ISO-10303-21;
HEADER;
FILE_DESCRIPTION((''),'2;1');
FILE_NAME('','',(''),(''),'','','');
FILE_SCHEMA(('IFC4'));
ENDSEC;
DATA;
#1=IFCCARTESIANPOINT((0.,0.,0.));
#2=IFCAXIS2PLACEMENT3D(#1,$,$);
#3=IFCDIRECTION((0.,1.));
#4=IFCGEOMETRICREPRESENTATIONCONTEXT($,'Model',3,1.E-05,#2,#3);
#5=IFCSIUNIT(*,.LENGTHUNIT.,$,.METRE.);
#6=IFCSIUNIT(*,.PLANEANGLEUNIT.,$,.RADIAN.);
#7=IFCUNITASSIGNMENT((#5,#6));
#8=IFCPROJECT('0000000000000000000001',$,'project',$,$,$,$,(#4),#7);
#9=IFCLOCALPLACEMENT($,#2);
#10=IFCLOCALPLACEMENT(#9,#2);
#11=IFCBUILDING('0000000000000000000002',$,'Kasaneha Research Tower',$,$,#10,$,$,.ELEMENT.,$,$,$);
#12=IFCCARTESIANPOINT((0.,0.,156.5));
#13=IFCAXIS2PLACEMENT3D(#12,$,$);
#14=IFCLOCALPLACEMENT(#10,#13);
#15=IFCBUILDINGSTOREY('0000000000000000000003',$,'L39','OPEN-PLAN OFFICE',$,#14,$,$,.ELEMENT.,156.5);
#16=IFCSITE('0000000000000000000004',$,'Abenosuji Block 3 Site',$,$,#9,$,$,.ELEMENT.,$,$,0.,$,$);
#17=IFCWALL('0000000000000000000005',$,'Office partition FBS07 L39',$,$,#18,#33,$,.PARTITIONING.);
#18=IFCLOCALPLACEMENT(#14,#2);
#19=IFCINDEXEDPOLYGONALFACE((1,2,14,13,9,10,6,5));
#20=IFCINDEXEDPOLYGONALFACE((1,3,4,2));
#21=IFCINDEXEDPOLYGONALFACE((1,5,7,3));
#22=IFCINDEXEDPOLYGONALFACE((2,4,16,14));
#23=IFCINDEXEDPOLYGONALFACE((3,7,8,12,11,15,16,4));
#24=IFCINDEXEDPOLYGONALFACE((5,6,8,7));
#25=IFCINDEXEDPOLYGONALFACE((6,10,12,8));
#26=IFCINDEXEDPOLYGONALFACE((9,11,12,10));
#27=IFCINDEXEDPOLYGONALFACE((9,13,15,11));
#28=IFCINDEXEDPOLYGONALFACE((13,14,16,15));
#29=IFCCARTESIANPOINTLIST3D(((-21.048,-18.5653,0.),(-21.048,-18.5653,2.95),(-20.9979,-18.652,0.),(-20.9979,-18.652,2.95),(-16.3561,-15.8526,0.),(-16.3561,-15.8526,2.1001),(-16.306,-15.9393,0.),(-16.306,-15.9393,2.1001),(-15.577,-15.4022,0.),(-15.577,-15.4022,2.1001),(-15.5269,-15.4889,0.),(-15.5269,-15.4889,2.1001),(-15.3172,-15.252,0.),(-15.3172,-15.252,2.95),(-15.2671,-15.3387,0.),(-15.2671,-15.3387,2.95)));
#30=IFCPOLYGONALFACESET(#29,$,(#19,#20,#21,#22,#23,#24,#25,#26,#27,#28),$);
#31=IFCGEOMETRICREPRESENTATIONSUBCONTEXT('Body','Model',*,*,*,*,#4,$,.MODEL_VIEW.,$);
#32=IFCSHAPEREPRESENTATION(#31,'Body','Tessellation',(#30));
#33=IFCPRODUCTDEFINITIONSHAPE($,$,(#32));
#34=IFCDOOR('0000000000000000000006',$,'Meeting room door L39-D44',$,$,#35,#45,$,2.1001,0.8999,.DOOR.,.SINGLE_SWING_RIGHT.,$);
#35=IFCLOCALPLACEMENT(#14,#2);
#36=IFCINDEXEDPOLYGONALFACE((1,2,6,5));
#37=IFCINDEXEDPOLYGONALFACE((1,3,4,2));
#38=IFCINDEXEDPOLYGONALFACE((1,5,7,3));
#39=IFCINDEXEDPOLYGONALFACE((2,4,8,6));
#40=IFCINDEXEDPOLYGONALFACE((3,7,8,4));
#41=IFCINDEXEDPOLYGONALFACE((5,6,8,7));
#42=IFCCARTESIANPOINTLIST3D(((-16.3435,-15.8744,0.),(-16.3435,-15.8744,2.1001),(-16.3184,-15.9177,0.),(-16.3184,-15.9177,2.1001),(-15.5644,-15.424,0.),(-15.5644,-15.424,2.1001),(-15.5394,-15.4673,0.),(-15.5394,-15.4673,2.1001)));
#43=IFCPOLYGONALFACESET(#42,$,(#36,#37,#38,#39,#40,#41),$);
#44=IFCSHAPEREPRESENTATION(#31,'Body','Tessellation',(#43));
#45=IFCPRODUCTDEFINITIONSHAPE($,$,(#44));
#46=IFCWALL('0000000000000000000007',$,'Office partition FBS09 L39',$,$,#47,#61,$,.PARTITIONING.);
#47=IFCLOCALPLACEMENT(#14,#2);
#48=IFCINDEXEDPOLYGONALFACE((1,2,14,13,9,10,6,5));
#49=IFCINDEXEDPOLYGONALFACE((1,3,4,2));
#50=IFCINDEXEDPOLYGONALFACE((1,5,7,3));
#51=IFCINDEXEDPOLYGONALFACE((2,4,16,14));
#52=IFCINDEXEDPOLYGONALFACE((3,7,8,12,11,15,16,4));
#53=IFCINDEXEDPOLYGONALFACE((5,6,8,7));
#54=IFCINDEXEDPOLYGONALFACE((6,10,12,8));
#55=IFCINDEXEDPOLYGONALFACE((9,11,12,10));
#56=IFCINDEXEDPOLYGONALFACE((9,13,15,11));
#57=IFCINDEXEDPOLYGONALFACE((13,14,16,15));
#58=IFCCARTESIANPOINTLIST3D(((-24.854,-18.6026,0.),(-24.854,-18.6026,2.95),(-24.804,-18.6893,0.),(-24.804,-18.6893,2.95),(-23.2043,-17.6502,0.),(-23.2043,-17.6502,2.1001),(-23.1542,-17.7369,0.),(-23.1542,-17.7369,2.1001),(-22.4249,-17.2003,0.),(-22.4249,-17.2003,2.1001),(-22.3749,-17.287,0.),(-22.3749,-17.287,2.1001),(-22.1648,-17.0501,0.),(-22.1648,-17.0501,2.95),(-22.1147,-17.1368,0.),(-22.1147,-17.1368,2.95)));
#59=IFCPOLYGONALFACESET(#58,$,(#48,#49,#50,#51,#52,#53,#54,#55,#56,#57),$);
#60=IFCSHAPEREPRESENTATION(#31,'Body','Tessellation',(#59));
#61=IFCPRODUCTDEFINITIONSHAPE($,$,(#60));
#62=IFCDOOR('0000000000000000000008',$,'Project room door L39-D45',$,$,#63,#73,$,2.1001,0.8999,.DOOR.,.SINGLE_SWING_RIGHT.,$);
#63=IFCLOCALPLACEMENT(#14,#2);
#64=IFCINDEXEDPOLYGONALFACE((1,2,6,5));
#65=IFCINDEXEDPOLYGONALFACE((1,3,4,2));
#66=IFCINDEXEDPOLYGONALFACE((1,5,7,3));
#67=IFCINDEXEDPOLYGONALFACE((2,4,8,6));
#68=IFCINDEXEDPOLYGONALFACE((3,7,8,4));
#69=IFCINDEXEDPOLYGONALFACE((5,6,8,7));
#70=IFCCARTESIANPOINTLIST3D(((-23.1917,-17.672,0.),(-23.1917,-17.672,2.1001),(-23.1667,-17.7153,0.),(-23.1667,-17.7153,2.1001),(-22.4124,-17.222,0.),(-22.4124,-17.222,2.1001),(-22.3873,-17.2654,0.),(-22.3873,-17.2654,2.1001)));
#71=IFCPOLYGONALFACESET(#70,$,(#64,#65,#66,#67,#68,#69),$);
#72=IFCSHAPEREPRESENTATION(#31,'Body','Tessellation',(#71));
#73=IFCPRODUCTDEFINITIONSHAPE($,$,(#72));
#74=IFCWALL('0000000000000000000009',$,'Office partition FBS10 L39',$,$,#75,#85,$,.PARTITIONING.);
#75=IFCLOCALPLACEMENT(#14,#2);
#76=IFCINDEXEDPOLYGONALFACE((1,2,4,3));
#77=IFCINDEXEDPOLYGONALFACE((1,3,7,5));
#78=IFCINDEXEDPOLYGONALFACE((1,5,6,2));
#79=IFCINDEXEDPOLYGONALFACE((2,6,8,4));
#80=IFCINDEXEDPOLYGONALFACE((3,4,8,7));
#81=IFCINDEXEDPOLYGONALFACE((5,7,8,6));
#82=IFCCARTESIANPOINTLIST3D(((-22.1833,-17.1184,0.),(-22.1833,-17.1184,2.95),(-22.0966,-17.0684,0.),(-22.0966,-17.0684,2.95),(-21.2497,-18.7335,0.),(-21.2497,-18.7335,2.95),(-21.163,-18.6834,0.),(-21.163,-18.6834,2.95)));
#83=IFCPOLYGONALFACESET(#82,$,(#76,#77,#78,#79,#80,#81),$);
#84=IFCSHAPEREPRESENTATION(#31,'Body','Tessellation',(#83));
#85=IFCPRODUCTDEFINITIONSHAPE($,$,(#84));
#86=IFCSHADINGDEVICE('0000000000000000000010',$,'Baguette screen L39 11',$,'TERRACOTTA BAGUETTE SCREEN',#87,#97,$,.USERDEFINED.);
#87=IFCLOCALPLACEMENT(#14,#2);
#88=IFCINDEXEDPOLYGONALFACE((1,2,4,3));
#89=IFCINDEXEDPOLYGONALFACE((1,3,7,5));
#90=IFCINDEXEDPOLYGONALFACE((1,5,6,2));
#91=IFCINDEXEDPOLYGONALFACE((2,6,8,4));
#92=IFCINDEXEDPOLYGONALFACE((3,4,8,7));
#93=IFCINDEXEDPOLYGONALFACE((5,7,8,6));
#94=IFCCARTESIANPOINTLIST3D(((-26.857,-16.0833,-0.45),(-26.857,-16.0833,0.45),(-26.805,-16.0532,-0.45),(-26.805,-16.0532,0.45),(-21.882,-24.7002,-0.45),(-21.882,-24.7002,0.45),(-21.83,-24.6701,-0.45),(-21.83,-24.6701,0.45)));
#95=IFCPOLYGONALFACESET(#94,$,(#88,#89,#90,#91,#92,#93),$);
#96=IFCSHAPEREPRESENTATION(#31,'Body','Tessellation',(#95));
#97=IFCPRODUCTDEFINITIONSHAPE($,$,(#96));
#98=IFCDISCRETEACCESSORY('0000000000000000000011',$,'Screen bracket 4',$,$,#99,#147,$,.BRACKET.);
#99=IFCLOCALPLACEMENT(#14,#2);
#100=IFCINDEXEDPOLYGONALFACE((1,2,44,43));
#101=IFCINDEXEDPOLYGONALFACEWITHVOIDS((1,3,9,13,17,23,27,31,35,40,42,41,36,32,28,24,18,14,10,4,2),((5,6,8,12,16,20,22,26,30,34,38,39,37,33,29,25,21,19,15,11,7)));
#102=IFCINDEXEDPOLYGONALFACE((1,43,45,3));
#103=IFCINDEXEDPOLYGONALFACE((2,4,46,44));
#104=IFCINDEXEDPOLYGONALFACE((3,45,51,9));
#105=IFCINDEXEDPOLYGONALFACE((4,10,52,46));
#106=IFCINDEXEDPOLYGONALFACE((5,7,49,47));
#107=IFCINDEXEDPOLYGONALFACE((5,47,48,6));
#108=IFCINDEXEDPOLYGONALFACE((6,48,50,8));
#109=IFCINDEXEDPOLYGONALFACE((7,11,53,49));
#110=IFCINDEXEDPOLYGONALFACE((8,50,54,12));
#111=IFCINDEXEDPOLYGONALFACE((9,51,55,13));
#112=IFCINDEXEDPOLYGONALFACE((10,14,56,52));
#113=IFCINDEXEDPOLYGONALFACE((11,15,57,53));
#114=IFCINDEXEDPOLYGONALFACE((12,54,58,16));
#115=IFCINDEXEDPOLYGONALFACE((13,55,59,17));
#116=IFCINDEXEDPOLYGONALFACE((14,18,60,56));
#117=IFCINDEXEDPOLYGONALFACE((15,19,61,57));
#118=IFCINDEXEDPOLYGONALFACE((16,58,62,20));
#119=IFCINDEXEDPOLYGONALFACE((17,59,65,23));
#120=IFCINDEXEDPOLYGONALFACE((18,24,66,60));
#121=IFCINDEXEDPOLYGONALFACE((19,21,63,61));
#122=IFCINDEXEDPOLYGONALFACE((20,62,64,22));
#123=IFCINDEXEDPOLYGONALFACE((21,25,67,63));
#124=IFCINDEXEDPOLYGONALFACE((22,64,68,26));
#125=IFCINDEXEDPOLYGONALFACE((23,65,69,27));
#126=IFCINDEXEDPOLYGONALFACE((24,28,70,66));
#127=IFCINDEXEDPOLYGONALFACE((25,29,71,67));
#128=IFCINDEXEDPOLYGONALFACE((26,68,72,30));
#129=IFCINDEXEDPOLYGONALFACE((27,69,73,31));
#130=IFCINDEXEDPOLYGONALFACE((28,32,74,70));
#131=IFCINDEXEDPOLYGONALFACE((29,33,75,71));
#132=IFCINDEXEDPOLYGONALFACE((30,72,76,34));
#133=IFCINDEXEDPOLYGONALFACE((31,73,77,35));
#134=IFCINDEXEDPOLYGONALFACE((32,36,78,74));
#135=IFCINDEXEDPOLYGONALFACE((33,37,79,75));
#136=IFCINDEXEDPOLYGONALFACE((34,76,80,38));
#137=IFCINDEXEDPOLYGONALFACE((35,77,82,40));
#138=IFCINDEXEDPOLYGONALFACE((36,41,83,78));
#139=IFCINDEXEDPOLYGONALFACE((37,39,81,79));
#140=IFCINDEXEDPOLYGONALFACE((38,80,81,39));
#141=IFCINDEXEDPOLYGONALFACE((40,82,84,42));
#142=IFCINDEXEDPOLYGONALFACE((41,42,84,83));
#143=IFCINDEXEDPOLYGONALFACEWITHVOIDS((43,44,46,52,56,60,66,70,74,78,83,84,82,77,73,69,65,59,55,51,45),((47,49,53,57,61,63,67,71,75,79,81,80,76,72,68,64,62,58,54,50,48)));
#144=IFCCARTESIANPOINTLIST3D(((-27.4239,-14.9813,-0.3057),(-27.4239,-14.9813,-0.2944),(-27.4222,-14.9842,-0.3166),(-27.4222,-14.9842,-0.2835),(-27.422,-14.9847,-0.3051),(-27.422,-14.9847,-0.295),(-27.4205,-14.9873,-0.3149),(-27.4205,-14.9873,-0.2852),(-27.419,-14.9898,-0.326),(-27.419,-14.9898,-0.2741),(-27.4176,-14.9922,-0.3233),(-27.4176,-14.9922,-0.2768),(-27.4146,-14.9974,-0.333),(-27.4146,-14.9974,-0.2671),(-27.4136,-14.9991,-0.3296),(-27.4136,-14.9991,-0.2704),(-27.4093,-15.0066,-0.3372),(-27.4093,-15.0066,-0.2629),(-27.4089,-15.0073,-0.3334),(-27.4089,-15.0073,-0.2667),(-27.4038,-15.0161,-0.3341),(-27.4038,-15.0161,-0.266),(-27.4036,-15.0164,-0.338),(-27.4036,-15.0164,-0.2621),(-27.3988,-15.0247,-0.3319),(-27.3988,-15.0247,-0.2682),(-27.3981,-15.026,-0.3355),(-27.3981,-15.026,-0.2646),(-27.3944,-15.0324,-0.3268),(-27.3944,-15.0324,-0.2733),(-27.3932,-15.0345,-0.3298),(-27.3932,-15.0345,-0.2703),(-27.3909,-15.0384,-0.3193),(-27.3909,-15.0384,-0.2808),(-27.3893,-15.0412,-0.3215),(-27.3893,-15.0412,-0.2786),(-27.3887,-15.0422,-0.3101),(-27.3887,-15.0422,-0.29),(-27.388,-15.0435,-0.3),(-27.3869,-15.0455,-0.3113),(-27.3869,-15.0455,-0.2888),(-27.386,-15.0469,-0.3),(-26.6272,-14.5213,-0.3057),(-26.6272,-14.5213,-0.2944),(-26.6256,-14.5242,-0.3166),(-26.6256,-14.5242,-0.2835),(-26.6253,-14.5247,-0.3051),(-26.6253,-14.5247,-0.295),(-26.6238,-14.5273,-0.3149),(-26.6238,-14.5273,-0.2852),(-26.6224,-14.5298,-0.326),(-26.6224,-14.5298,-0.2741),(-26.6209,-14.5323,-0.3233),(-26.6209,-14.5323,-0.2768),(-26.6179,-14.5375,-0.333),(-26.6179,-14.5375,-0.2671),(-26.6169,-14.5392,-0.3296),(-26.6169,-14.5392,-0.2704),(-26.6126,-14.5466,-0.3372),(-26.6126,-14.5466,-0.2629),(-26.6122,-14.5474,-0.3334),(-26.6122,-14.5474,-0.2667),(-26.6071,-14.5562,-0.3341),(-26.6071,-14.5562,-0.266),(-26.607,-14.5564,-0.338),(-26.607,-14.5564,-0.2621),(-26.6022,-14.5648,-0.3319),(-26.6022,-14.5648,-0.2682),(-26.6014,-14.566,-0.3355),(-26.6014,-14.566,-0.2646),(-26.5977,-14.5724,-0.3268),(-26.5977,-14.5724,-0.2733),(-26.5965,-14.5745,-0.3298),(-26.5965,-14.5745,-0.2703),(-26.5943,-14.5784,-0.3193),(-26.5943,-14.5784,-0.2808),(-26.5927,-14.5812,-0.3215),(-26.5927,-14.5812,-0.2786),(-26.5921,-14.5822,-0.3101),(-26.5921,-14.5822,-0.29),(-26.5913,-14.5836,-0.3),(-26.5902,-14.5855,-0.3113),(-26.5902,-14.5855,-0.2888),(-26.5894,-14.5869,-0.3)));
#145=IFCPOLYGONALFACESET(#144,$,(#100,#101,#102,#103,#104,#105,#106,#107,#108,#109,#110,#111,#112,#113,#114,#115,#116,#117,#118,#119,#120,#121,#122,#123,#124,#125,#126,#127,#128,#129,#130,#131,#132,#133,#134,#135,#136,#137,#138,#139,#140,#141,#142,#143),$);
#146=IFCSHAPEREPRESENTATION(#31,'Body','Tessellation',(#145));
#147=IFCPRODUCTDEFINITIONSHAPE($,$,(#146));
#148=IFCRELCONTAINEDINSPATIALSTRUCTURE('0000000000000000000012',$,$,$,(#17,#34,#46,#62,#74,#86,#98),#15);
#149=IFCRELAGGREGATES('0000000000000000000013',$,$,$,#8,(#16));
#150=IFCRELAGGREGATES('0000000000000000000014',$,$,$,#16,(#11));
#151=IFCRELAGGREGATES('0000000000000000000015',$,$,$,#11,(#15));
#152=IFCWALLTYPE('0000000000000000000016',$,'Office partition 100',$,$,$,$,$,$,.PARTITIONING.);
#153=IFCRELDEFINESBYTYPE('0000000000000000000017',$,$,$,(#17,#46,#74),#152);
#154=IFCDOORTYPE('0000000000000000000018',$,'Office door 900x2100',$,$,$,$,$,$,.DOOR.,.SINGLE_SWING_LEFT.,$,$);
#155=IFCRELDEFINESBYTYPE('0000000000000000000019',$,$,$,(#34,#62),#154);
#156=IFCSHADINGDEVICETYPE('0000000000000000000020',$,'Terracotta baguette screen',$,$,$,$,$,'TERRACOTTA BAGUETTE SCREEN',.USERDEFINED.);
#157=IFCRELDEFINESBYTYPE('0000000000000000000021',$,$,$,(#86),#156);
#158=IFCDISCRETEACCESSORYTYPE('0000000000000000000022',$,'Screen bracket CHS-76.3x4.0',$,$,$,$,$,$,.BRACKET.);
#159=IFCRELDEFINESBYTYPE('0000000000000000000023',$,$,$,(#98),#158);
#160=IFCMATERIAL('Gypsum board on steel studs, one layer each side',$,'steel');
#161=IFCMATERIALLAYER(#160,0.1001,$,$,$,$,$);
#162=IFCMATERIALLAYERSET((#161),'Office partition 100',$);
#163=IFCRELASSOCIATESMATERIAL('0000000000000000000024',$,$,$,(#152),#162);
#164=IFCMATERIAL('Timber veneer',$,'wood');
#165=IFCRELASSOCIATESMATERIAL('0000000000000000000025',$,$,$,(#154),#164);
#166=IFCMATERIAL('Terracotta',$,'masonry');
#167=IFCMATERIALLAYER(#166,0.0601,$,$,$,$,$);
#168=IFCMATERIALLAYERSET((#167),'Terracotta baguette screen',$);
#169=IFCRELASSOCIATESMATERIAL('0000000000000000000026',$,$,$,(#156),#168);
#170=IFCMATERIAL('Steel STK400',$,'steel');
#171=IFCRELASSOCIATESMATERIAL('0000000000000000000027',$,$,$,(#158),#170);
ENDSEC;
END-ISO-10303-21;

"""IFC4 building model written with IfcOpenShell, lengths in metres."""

from ifc_helpers import new_model, si_unit, direction, frame, frame_2d, origin, origin_2d, place, context, subcontext, project, spatial, rectangle, hollow_circle, extrude, material, layer, layer_set, material_profile, profile_set, type_object, element, fill, save


model = new_model("IFC4")

# Units and contexts
model_context = context("Model", 3, precision=1e-05, world=origin(), true_north=direction((0.0, 1.0)))
body_context = subcontext(model_context, "Body", "Model", "MODEL_VIEW")
ifc_project = project(units=[si_unit("LENGTHUNIT", "METRE"), si_unit("PLANEANGLEUNIT", "RADIAN")], contexts=[model_context])

# Site, building, storey
site_placement = place(None, origin())
site = spatial("IfcSite", under=ifc_project, at=site_placement, Name="Abenosuji Block 3 Site", CompositionType="ELEMENT", RefElevation=0.0)
building_placement = place(site_placement, origin())
building = spatial("IfcBuilding", under=site, at=building_placement, Name="Kasaneha Research Tower", CompositionType="ELEMENT")
storey_placement = place(building_placement, frame((0.0, 0.0, 156.5)))
storey = spatial("IfcBuildingStorey", under=building, at=storey_placement, Name="L39", Description="OPEN-PLAN OFFICE", CompositionType="ELEMENT", Elevation=156.5)

# Shared definitions
ifc_material_1 = material(Name="Gypsum board on steel studs, one layer each side", Category="steel")
ifc_layer_1 = layer(ifc_material_1, 0.1001)
ifc_layer_set_1 = layer_set([ifc_layer_1], Name="Office partition 100")
wall_type = type_object("IfcWallType", Name="Office partition 100", PredefinedType="PARTITIONING", material=ifc_layer_set_1)

# Walls, openings, doors
wall_1_placement = place(storey_placement, frame((-21.0229, -18.6086, 0.0), z_axis=(0.0, 0.0, 1.0), x_axis=(0.865724, 0.500522, 0.0)))
wall_1 = element("IfcWall", 1, at=wall_1_placement, inside=storey, type_object=wall_type, Name="Office partition FBS07 L39", PredefinedType="PARTITIONING", context=body_context, shape_type="SweptSolid", body=[
    extrude(rectangle(XDim=6.6196, YDim=0.1001, at=frame_2d((3.3098, 0.0))), origin(), (0.0, 0.0, 1.0), 2.95),
])
opening_1_placement = place(wall_1_placement, frame((5.4197, 0.0, 0.0)))
opening_1 = element("IfcOpeningElement", 2, at=opening_1_placement, cuts=wall_1, PredefinedType="OPENING", context=body_context, shape_type="SweptSolid", body=[
    extrude(rectangle(XDim=0.8999, YDim=2.1001, at=frame_2d((0.45, 1.05))), frame((0.0, 0.0601, 0.0), z_axis=(0.0, -1.0, 0.0), x_axis=(1.0, 0.0, 0.0)), (0.0, 0.0, 1.0), 0.1201),
])
ifc_material_2 = material(Name="Timber veneer", Category="wood")
door_type = type_object("IfcDoorType", Name="Office door 900x2100", OperationType="SINGLE_SWING_LEFT", PredefinedType="DOOR", material=ifc_material_2)
door_1_placement = place(opening_1_placement, origin())
door_1 = element("IfcDoor", 3, at=door_1_placement, inside=storey, type_object=door_type, Name="Meeting room door L39-D44", OperationType="SINGLE_SWING_RIGHT", OverallHeight=2.1001, OverallWidth=0.8999, PredefinedType="DOOR", context=body_context, shape_type="SweptSolid", body=[
    extrude(rectangle(XDim=0.8999, YDim=2.1001, at=frame_2d((0.45, 1.05))), frame((0.0, 0.0249, 0.0), z_axis=(0.0, -1.0, 0.0), x_axis=(1.0, 0.0, 0.0)), (0.0, 0.0, 1.0), 0.05),
])
fill(opening_1, door_1)
wall_2_placement = place(storey_placement, frame((-24.8291, -18.646, 0.0), z_axis=(0.0, 0.0, 1.0), x_axis=(0.866043, 0.49997, 0.0)))
wall_2 = element("IfcWall", 4, at=wall_2_placement, inside=storey, type_object=wall_type, Name="Office partition FBS09 L39", PredefinedType="PARTITIONING", context=body_context, shape_type="SweptSolid", body=[
    extrude(rectangle(XDim=3.1052, YDim=0.1001, at=frame_2d((1.5527, 0.0))), origin(), (0.0, 0.0, 1.0), 2.95),
])
opening_2_placement = place(wall_2_placement, frame((1.905, 0.0, 0.0)))
opening_2 = element("IfcOpeningElement", 5, at=opening_2_placement, cuts=wall_2, PredefinedType="OPENING", context=body_context, shape_type="SweptSolid", body=[
    extrude(rectangle(XDim=0.8999, YDim=2.1001, at=frame_2d((0.45, 1.05))), frame((0.0, 0.0601, 0.0), z_axis=(0.0, -1.0, 0.0), x_axis=(1.0, 0.0, 0.0)), (0.0, 0.0, 1.0), 0.1201),
])
door_2_placement = place(opening_2_placement, origin())
door_2 = element("IfcDoor", 6, at=door_2_placement, inside=storey, type_object=door_type, Name="Project room door L39-D45", OperationType="SINGLE_SWING_RIGHT", OverallHeight=2.1001, OverallWidth=0.8999, PredefinedType="DOOR", context=body_context, shape_type="SweptSolid", body=[
    extrude(rectangle(XDim=0.8999, YDim=2.1001, at=frame_2d((0.45, 1.05))), frame((0.0, 0.0249, 0.0), z_axis=(0.0, -1.0, 0.0), x_axis=(1.0, 0.0, 0.0)), (0.0, 0.0, 1.0), 0.05),
])
fill(opening_2, door_2)

# Wall
wall_3_placement = place(storey_placement, frame((-22.1399, -17.0935, 0.0), z_axis=(0.0, 0.0, 1.0), x_axis=(0.500474, -0.865752, 0.0)))
element("IfcWall", 7, at=wall_3_placement, inside=storey, type_object=wall_type, Name="Office partition FBS10 L39", PredefinedType="PARTITIONING", context=body_context, shape_type="SweptSolid", body=[
    extrude(rectangle(XDim=1.8655, YDim=0.1001, at=frame_2d((0.9326, 0.0))), origin(), (0.0, 0.0, 1.0), 2.95),
])

# Shading device
ifc_material_3 = material(Name="Terracotta", Category="masonry")
ifc_layer_2 = layer(ifc_material_3, 0.0601)
ifc_layer_set_2 = layer_set([ifc_layer_2], Name="Terracotta baguette screen")
shading_device_type = type_object("IfcShadingDeviceType", Name="Terracotta baguette screen", ElementType="TERRACOTTA BAGUETTE SCREEN", PredefinedType="USERDEFINED", material=ifc_layer_set_2)
shading_device_placement = place(storey_placement, frame((-24.3435, -20.3767, -0.45), z_axis=(0.0, 0.0, 1.0), x_axis=(0.5, -0.866025, 0.0)))
element("IfcShadingDevice", 8, at=shading_device_placement, inside=storey, type_object=shading_device_type, Name="Baguette screen L39 11", ObjectType="TERRACOTTA BAGUETTE SCREEN", PredefinedType="USERDEFINED", context=body_context, shape_type="SweptSolid", body=[
    extrude(rectangle(XDim=9.95, YDim=0.0601, at=origin_2d()), origin(), (0.0, 0.0, 1.0), 0.8999),
])

# Discrete accessory
ifc_material_4 = material(Name="Steel STK400", Category="steel")
ifc_material_profile_1 = material_profile(ifc_material_4, hollow_circle(Radius=0.0381, WallThickness=0.0039, at=origin_2d()), Name="CHS-76.3x4.0")
ifc_profile_set_1 = profile_set([ifc_material_profile_1], Name="Steel STK400")
discrete_accessory_type = type_object("IfcDiscreteAccessoryType", Name="Screen bracket CHS-76.3x4.0", PredefinedType="BRACKET", material=ifc_profile_set_1)
for number, where, z_axis, x_axis, name in (
    (9, (-26.6084, -14.554, -0.3), (-0.866013, -0.500021, 0.0), (0.500021, -0.866013, 0.0), "Screen bracket 4"),
):
    element("IfcDiscreteAccessory", number, at=place(storey_placement, frame(where, z_axis=z_axis, x_axis=x_axis)), inside=storey, type_object=discrete_accessory_type, Name=name, PredefinedType="BRACKET", context=body_context, shape_type="SweptSolid", body=[
        extrude(hollow_circle(Radius=0.0381, WallThickness=0.0039, at=origin_2d()), origin(), (0.0, 0.0, 1.0), 0.9199),
    ])

save(model, "model.ifc")
